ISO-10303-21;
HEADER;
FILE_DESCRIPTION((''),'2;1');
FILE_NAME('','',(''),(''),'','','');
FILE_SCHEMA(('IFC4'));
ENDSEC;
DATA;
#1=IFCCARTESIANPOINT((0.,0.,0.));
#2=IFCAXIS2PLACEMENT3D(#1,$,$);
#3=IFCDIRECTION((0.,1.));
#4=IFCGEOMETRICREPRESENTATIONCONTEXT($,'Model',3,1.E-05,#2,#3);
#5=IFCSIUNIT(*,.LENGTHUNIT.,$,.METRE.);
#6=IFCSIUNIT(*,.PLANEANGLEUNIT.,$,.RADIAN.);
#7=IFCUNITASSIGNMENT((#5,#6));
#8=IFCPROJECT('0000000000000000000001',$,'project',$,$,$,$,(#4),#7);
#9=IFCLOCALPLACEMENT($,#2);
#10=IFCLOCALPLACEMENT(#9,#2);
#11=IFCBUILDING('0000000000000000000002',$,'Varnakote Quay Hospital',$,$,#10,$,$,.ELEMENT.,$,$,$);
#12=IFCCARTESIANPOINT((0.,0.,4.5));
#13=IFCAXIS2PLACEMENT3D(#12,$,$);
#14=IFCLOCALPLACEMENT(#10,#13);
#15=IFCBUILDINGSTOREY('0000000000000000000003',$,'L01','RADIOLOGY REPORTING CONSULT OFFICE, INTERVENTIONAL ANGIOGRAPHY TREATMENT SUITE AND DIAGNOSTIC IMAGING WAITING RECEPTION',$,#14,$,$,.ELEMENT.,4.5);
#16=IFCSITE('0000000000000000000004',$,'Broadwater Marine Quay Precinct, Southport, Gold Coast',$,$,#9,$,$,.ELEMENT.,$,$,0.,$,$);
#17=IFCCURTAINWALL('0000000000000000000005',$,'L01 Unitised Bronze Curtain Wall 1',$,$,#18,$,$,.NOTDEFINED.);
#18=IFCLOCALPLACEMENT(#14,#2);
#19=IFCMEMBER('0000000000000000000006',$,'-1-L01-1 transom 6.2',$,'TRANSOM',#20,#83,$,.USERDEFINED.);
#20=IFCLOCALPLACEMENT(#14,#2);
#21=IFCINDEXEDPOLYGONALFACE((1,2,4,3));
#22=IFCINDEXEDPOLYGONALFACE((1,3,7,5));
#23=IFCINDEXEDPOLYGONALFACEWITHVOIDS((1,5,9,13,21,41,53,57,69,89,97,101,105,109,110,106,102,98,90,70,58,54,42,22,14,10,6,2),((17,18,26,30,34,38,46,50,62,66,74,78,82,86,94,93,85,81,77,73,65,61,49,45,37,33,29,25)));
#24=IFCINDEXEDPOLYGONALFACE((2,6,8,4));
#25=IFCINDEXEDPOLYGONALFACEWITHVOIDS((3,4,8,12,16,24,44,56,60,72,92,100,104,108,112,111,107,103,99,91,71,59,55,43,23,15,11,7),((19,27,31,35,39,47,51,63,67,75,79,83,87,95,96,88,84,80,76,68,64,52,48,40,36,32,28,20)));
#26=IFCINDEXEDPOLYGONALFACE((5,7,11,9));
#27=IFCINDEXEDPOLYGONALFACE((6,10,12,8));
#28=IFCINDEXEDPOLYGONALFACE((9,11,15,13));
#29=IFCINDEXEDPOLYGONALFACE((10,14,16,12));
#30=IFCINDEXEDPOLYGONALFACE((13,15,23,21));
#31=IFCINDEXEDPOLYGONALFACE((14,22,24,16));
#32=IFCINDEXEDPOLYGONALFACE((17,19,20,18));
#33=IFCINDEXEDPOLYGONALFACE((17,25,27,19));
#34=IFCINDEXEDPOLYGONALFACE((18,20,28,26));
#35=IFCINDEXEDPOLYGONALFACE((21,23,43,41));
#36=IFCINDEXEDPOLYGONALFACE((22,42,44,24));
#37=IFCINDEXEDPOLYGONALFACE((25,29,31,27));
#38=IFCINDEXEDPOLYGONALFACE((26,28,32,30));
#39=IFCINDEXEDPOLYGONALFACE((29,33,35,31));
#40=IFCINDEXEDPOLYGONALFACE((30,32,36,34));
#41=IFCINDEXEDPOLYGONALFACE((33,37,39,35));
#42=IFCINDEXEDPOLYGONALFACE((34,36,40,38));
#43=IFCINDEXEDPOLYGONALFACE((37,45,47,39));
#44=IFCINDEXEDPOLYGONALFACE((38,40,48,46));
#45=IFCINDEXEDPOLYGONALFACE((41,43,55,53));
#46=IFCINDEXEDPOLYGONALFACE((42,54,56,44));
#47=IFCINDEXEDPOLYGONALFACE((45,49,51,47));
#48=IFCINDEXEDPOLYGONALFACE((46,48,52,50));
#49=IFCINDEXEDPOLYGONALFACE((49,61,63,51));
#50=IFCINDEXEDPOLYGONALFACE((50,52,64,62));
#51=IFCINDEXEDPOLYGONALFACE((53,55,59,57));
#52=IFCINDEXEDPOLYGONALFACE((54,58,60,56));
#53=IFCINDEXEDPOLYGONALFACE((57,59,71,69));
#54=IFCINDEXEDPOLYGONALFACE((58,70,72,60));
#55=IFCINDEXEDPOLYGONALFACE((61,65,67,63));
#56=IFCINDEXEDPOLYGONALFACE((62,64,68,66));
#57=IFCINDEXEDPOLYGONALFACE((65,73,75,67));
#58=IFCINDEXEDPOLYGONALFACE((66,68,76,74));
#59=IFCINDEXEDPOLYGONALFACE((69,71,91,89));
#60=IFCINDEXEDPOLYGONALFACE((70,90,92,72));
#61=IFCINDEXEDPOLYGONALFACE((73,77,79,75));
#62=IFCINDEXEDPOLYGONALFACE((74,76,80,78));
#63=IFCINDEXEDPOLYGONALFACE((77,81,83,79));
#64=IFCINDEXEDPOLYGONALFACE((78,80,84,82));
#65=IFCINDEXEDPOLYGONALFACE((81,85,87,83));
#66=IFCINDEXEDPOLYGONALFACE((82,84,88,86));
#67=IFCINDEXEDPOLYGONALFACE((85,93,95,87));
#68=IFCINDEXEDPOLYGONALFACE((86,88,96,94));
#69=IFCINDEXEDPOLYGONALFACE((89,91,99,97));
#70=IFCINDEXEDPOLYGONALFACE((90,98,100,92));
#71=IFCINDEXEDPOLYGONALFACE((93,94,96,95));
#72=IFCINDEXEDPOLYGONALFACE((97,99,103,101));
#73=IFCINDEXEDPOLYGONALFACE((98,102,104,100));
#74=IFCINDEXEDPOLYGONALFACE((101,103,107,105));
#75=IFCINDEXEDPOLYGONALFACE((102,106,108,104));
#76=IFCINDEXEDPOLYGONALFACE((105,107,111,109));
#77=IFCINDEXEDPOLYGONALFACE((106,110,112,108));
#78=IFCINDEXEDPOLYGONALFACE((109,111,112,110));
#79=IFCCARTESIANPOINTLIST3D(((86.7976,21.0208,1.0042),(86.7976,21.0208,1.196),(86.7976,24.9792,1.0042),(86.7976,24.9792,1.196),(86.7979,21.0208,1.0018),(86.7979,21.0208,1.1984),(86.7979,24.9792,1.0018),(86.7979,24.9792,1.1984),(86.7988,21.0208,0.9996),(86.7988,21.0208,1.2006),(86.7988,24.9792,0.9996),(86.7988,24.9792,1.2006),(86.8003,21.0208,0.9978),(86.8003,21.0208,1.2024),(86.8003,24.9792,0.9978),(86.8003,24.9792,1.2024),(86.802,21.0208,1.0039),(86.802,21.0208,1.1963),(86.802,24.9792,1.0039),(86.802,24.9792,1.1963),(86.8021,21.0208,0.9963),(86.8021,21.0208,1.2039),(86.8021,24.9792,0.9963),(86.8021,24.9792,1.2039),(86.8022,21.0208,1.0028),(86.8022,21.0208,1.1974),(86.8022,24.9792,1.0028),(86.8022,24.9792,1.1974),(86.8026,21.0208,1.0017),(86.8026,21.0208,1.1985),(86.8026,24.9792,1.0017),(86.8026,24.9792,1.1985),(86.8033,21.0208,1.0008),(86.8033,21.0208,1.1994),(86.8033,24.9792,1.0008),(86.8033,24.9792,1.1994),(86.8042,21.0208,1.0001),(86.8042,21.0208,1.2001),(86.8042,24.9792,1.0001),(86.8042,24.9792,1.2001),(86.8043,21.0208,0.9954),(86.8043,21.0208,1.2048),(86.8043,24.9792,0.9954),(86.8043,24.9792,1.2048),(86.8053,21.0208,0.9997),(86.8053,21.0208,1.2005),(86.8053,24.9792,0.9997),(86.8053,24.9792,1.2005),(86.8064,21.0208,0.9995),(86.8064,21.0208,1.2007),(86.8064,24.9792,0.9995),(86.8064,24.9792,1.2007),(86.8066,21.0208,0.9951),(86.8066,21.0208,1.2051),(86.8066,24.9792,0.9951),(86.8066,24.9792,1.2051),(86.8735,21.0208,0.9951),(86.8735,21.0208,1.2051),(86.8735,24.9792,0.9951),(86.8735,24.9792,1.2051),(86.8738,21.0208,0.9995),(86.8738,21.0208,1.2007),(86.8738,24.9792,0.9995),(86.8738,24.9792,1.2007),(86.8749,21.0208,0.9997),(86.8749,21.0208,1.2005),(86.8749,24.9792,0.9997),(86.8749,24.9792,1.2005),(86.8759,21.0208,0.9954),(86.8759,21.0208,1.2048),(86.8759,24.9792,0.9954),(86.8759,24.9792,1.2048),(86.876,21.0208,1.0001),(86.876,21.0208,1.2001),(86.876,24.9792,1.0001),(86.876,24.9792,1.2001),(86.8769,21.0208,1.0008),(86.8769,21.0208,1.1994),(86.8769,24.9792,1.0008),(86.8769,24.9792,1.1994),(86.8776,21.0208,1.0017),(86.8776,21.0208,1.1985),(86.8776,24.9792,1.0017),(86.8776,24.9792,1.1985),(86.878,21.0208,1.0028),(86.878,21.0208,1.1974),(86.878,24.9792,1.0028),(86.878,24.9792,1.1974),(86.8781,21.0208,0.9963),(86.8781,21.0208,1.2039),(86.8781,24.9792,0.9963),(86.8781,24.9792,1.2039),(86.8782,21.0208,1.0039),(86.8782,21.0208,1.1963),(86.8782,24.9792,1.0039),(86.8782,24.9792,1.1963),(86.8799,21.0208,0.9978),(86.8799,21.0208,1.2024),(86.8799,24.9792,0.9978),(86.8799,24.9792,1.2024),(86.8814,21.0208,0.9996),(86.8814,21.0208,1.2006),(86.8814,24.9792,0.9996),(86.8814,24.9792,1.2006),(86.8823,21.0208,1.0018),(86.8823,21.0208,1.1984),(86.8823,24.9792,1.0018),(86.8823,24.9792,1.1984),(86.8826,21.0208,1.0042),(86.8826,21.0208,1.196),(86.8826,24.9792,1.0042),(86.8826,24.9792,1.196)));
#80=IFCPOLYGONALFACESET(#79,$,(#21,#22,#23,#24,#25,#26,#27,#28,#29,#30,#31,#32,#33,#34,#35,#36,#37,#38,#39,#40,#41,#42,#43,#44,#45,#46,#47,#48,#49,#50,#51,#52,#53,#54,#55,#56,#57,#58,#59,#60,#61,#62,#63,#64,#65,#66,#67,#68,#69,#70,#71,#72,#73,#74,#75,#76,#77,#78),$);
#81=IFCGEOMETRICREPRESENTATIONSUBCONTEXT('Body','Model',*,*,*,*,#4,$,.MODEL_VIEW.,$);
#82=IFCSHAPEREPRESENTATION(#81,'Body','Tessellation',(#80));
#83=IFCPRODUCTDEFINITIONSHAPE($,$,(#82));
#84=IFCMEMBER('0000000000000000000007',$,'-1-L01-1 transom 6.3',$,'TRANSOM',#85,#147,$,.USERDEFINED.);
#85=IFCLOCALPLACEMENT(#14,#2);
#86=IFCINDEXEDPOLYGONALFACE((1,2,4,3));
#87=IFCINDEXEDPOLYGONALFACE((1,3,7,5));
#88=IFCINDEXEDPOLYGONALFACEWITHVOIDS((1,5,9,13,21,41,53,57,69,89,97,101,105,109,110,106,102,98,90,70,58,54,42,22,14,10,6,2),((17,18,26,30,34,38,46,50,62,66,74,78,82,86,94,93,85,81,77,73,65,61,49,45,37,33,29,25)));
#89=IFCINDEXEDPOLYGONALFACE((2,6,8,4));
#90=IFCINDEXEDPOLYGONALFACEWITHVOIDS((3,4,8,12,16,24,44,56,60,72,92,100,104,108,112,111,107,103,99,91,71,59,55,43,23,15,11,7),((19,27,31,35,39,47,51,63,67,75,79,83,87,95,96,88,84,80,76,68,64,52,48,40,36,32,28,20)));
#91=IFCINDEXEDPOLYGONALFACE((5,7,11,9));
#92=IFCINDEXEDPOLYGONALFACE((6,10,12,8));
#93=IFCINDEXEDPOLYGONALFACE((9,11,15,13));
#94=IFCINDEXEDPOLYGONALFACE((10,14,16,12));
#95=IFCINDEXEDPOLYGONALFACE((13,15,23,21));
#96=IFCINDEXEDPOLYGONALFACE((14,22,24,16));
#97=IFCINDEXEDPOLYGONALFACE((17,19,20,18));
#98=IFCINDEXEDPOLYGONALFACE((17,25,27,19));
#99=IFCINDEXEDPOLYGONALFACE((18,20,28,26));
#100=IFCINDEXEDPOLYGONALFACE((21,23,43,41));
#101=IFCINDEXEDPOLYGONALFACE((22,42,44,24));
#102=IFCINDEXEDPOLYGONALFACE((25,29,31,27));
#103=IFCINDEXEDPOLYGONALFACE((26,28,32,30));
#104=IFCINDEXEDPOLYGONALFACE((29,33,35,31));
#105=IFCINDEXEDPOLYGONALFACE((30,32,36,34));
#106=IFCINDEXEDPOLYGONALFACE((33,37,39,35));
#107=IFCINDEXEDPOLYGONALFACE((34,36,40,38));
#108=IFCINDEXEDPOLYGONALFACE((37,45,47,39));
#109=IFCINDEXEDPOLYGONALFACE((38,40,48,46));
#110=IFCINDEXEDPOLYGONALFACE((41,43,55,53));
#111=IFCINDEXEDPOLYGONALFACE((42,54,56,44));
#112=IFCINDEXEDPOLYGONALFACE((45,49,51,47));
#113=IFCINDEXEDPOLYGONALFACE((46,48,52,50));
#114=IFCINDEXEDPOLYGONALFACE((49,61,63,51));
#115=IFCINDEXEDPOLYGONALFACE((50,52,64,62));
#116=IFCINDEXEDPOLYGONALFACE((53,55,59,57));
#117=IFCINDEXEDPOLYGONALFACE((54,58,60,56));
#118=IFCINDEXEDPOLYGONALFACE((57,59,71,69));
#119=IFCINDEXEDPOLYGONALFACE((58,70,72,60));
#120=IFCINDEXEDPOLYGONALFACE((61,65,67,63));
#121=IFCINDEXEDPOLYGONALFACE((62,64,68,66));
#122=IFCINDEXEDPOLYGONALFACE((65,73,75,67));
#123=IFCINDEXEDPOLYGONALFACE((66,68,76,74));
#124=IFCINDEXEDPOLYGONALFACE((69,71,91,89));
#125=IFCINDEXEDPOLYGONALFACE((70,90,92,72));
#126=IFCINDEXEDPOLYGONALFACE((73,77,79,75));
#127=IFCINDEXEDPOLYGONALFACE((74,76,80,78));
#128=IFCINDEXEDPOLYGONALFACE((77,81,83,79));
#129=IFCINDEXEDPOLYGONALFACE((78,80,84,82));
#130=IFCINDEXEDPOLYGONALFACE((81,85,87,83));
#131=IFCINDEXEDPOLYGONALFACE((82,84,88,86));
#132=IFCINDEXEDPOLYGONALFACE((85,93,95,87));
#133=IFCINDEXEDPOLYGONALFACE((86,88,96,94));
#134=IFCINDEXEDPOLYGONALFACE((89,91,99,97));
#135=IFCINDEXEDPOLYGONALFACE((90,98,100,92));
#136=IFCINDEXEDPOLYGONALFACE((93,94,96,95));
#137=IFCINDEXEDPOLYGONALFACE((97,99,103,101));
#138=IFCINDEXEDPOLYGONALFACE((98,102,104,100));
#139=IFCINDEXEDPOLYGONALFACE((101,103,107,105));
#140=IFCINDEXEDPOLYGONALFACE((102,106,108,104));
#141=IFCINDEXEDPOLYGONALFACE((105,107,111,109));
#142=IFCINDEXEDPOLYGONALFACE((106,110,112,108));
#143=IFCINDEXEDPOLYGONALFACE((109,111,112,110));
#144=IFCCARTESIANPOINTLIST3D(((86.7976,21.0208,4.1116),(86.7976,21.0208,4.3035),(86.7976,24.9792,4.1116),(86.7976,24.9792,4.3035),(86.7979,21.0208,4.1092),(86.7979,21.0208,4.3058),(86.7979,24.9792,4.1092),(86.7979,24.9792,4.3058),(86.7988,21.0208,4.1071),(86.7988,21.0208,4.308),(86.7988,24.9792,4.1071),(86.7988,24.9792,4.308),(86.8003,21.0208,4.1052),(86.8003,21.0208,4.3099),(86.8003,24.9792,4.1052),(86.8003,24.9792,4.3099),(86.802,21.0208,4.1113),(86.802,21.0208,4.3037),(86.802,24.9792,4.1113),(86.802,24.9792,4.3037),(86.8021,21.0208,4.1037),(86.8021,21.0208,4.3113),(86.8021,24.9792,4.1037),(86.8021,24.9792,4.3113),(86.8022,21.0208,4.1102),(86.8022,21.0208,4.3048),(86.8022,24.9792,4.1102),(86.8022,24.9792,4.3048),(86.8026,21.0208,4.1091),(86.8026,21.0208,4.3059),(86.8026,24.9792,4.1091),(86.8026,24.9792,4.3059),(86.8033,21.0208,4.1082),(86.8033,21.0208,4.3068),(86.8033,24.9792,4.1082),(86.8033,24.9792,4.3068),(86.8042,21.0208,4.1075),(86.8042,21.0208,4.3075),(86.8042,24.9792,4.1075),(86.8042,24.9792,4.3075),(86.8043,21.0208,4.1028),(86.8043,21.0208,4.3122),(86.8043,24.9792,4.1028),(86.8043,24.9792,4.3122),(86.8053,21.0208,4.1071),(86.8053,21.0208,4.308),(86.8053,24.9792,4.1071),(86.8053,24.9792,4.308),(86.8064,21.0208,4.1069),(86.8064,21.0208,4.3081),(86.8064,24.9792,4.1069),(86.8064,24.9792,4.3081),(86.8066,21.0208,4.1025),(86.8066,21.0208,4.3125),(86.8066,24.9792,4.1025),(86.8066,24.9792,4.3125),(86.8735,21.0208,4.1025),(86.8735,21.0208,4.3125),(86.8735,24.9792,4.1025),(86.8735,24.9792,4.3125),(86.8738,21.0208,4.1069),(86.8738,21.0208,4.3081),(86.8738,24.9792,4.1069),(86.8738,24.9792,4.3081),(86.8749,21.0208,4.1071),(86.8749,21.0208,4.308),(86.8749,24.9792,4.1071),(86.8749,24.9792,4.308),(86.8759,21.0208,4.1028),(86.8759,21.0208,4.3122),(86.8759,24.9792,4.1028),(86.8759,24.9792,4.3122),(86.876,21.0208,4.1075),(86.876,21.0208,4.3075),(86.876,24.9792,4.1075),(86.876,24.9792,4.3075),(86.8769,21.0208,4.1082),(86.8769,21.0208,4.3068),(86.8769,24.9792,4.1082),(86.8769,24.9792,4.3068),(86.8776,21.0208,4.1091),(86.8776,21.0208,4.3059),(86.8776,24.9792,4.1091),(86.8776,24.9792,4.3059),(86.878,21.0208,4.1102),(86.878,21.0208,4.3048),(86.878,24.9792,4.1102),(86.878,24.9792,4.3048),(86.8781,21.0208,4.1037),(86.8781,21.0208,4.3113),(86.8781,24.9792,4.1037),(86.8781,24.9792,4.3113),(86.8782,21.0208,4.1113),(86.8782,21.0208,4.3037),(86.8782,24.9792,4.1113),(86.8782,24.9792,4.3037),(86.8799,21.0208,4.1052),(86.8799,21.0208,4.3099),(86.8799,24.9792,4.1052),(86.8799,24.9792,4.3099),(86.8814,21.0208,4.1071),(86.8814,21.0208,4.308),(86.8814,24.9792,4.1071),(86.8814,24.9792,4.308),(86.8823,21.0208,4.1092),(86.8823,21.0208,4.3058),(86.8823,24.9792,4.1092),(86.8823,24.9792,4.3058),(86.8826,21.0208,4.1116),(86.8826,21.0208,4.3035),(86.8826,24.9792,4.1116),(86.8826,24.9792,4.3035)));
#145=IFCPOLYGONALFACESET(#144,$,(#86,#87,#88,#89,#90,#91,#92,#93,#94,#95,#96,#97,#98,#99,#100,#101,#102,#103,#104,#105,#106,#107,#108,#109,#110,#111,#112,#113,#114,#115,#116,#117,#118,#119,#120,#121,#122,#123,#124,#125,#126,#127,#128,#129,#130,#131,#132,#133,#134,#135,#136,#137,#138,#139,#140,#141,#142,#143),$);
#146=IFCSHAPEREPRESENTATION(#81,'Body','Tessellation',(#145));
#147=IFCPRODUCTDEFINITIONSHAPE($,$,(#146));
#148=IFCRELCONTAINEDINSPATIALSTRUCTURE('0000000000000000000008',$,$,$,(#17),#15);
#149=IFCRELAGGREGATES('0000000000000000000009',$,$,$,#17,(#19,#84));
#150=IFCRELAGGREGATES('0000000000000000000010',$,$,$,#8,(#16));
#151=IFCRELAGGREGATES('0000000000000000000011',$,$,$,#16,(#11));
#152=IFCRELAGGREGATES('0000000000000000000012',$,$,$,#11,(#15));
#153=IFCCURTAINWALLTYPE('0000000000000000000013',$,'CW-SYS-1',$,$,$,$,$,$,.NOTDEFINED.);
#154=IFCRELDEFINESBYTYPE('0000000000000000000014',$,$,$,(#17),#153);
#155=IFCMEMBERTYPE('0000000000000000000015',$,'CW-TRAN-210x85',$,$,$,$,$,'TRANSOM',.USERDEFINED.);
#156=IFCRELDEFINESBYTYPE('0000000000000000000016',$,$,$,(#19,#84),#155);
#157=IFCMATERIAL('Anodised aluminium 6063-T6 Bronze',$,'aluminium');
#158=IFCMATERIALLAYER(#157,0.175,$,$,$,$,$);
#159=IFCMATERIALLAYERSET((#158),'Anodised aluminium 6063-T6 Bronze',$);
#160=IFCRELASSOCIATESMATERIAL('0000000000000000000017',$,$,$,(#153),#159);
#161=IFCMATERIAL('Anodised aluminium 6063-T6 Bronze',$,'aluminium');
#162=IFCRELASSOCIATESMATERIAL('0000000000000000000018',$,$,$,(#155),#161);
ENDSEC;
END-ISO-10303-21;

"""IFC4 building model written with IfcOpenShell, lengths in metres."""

from ifc_helpers import new_model, si_unit, direction, frame, origin, origin_2d, place, context, subcontext, project, spatial, hollow_rectangle, extrude, material, layer, layer_set, material_profile, profile_set, type_object, element, aggregate, save


model = new_model("IFC4")

# Units and contexts
model_context = context("Model", 3, precision=1e-05, world=origin(), true_north=direction((0.0, 1.0)))
body_context = subcontext(model_context, "Body", "Model", "MODEL_VIEW")
ifc_project = project(units=[si_unit("LENGTHUNIT", "METRE"), si_unit("PLANEANGLEUNIT", "RADIAN")], contexts=[model_context])

# Site, building, storey
site_placement = place(None, origin())
site = spatial("IfcSite", under=ifc_project, at=site_placement, Name="Broadwater Marine Quay Precinct, Southport, Gold Coast", CompositionType="ELEMENT", RefElevation=0.0)
building_placement = place(site_placement, origin())
building = spatial("IfcBuilding", under=site, at=building_placement, Name="Varnakote Quay Hospital", CompositionType="ELEMENT")
storey_placement = place(building_placement, frame((0.0, 0.0, 4.5)))
storey = spatial("IfcBuildingStorey", under=building, at=storey_placement, Name="L01", Description="RADIOLOGY REPORTING CONSULT OFFICE, INTERVENTIONAL ANGIOGRAPHY TREATMENT SUITE AND DIAGNOSTIC IMAGING WAITING RECEPTION", CompositionType="ELEMENT", Elevation=4.5)

# Curtain wall, members
ifc_material_1 = material(Name="Anodised aluminium 6063-T6 Bronze", Category="aluminium")
ifc_layer_1 = layer(ifc_material_1, 0.175)
ifc_layer_set_1 = layer_set([ifc_layer_1], Name="Anodised aluminium 6063-T6 Bronze")
curtain_wall_type = type_object("IfcCurtainWallType", Name="CW-SYS-1", PredefinedType="NOTDEFINED", material=ifc_layer_set_1)
curtain_wall_placement = place(storey_placement, origin())
curtain_wall = element("IfcCurtainWall", 1, at=curtain_wall_placement, inside=storey, type_object=curtain_wall_type, Name="L01 Unitised Bronze Curtain Wall 1", PredefinedType="NOTDEFINED")
ifc_material_2 = material(Name="Anodised aluminium 6063-T6 Bronze", Category="aluminium")
ifc_material_profile_1 = material_profile(ifc_material_2, hollow_rectangle(XDim=0.085, YDim=0.21, WallThickness=0.0044, InnerFilletRadius=0.0044, OuterFilletRadius=0.009, at=origin_2d()), Name="CW-TRAN-210x85")
ifc_profile_set_1 = profile_set([ifc_material_profile_1], Name="Anodised aluminium 6063-T6 Bronze")
member_type_1 = type_object("IfcMemberType", Name="CW-TRAN-210x85", ElementType="TRANSOM", PredefinedType="USERDEFINED", material=ifc_profile_set_1)
member_1_placement = place(storey_placement, frame((86.8401, 21.0208, 1.1001), z_axis=(0.0, 1.0, 0.0), x_axis=(-1.0, 0.0, 0.0)))
member_1 = element("IfcMember", 2, at=member_1_placement, type_object=member_type_1, Name="-1-L01-1 transom 6.2", ObjectType="TRANSOM", PredefinedType="USERDEFINED", context=body_context, shape_type="SweptSolid", body=[
    extrude(hollow_rectangle(XDim=0.085, YDim=0.21, WallThickness=0.0044, InnerFilletRadius=0.0044, OuterFilletRadius=0.009, at=origin_2d()), origin(), (0.0, 0.0, 1.0), 3.9585),
])
member_2_placement = place(storey_placement, frame((86.8401, 21.0208, 4.2075), z_axis=(0.0, 1.0, 0.0), x_axis=(-1.0, 0.0, 0.0)))
member_2 = element("IfcMember", 3, at=member_2_placement, type_object=member_type_1, Name="-1-L01-1 transom 6.3", ObjectType="TRANSOM", PredefinedType="USERDEFINED", context=body_context, shape_type="SweptSolid", body=[
    extrude(hollow_rectangle(XDim=0.085, YDim=0.21, WallThickness=0.0044, InnerFilletRadius=0.0044, OuterFilletRadius=0.009, at=origin_2d()), origin(), (0.0, 0.0, 1.0), 3.9585),
])
aggregate(curtain_wall, [member_1, member_2])

save(model, "model.ifc")
